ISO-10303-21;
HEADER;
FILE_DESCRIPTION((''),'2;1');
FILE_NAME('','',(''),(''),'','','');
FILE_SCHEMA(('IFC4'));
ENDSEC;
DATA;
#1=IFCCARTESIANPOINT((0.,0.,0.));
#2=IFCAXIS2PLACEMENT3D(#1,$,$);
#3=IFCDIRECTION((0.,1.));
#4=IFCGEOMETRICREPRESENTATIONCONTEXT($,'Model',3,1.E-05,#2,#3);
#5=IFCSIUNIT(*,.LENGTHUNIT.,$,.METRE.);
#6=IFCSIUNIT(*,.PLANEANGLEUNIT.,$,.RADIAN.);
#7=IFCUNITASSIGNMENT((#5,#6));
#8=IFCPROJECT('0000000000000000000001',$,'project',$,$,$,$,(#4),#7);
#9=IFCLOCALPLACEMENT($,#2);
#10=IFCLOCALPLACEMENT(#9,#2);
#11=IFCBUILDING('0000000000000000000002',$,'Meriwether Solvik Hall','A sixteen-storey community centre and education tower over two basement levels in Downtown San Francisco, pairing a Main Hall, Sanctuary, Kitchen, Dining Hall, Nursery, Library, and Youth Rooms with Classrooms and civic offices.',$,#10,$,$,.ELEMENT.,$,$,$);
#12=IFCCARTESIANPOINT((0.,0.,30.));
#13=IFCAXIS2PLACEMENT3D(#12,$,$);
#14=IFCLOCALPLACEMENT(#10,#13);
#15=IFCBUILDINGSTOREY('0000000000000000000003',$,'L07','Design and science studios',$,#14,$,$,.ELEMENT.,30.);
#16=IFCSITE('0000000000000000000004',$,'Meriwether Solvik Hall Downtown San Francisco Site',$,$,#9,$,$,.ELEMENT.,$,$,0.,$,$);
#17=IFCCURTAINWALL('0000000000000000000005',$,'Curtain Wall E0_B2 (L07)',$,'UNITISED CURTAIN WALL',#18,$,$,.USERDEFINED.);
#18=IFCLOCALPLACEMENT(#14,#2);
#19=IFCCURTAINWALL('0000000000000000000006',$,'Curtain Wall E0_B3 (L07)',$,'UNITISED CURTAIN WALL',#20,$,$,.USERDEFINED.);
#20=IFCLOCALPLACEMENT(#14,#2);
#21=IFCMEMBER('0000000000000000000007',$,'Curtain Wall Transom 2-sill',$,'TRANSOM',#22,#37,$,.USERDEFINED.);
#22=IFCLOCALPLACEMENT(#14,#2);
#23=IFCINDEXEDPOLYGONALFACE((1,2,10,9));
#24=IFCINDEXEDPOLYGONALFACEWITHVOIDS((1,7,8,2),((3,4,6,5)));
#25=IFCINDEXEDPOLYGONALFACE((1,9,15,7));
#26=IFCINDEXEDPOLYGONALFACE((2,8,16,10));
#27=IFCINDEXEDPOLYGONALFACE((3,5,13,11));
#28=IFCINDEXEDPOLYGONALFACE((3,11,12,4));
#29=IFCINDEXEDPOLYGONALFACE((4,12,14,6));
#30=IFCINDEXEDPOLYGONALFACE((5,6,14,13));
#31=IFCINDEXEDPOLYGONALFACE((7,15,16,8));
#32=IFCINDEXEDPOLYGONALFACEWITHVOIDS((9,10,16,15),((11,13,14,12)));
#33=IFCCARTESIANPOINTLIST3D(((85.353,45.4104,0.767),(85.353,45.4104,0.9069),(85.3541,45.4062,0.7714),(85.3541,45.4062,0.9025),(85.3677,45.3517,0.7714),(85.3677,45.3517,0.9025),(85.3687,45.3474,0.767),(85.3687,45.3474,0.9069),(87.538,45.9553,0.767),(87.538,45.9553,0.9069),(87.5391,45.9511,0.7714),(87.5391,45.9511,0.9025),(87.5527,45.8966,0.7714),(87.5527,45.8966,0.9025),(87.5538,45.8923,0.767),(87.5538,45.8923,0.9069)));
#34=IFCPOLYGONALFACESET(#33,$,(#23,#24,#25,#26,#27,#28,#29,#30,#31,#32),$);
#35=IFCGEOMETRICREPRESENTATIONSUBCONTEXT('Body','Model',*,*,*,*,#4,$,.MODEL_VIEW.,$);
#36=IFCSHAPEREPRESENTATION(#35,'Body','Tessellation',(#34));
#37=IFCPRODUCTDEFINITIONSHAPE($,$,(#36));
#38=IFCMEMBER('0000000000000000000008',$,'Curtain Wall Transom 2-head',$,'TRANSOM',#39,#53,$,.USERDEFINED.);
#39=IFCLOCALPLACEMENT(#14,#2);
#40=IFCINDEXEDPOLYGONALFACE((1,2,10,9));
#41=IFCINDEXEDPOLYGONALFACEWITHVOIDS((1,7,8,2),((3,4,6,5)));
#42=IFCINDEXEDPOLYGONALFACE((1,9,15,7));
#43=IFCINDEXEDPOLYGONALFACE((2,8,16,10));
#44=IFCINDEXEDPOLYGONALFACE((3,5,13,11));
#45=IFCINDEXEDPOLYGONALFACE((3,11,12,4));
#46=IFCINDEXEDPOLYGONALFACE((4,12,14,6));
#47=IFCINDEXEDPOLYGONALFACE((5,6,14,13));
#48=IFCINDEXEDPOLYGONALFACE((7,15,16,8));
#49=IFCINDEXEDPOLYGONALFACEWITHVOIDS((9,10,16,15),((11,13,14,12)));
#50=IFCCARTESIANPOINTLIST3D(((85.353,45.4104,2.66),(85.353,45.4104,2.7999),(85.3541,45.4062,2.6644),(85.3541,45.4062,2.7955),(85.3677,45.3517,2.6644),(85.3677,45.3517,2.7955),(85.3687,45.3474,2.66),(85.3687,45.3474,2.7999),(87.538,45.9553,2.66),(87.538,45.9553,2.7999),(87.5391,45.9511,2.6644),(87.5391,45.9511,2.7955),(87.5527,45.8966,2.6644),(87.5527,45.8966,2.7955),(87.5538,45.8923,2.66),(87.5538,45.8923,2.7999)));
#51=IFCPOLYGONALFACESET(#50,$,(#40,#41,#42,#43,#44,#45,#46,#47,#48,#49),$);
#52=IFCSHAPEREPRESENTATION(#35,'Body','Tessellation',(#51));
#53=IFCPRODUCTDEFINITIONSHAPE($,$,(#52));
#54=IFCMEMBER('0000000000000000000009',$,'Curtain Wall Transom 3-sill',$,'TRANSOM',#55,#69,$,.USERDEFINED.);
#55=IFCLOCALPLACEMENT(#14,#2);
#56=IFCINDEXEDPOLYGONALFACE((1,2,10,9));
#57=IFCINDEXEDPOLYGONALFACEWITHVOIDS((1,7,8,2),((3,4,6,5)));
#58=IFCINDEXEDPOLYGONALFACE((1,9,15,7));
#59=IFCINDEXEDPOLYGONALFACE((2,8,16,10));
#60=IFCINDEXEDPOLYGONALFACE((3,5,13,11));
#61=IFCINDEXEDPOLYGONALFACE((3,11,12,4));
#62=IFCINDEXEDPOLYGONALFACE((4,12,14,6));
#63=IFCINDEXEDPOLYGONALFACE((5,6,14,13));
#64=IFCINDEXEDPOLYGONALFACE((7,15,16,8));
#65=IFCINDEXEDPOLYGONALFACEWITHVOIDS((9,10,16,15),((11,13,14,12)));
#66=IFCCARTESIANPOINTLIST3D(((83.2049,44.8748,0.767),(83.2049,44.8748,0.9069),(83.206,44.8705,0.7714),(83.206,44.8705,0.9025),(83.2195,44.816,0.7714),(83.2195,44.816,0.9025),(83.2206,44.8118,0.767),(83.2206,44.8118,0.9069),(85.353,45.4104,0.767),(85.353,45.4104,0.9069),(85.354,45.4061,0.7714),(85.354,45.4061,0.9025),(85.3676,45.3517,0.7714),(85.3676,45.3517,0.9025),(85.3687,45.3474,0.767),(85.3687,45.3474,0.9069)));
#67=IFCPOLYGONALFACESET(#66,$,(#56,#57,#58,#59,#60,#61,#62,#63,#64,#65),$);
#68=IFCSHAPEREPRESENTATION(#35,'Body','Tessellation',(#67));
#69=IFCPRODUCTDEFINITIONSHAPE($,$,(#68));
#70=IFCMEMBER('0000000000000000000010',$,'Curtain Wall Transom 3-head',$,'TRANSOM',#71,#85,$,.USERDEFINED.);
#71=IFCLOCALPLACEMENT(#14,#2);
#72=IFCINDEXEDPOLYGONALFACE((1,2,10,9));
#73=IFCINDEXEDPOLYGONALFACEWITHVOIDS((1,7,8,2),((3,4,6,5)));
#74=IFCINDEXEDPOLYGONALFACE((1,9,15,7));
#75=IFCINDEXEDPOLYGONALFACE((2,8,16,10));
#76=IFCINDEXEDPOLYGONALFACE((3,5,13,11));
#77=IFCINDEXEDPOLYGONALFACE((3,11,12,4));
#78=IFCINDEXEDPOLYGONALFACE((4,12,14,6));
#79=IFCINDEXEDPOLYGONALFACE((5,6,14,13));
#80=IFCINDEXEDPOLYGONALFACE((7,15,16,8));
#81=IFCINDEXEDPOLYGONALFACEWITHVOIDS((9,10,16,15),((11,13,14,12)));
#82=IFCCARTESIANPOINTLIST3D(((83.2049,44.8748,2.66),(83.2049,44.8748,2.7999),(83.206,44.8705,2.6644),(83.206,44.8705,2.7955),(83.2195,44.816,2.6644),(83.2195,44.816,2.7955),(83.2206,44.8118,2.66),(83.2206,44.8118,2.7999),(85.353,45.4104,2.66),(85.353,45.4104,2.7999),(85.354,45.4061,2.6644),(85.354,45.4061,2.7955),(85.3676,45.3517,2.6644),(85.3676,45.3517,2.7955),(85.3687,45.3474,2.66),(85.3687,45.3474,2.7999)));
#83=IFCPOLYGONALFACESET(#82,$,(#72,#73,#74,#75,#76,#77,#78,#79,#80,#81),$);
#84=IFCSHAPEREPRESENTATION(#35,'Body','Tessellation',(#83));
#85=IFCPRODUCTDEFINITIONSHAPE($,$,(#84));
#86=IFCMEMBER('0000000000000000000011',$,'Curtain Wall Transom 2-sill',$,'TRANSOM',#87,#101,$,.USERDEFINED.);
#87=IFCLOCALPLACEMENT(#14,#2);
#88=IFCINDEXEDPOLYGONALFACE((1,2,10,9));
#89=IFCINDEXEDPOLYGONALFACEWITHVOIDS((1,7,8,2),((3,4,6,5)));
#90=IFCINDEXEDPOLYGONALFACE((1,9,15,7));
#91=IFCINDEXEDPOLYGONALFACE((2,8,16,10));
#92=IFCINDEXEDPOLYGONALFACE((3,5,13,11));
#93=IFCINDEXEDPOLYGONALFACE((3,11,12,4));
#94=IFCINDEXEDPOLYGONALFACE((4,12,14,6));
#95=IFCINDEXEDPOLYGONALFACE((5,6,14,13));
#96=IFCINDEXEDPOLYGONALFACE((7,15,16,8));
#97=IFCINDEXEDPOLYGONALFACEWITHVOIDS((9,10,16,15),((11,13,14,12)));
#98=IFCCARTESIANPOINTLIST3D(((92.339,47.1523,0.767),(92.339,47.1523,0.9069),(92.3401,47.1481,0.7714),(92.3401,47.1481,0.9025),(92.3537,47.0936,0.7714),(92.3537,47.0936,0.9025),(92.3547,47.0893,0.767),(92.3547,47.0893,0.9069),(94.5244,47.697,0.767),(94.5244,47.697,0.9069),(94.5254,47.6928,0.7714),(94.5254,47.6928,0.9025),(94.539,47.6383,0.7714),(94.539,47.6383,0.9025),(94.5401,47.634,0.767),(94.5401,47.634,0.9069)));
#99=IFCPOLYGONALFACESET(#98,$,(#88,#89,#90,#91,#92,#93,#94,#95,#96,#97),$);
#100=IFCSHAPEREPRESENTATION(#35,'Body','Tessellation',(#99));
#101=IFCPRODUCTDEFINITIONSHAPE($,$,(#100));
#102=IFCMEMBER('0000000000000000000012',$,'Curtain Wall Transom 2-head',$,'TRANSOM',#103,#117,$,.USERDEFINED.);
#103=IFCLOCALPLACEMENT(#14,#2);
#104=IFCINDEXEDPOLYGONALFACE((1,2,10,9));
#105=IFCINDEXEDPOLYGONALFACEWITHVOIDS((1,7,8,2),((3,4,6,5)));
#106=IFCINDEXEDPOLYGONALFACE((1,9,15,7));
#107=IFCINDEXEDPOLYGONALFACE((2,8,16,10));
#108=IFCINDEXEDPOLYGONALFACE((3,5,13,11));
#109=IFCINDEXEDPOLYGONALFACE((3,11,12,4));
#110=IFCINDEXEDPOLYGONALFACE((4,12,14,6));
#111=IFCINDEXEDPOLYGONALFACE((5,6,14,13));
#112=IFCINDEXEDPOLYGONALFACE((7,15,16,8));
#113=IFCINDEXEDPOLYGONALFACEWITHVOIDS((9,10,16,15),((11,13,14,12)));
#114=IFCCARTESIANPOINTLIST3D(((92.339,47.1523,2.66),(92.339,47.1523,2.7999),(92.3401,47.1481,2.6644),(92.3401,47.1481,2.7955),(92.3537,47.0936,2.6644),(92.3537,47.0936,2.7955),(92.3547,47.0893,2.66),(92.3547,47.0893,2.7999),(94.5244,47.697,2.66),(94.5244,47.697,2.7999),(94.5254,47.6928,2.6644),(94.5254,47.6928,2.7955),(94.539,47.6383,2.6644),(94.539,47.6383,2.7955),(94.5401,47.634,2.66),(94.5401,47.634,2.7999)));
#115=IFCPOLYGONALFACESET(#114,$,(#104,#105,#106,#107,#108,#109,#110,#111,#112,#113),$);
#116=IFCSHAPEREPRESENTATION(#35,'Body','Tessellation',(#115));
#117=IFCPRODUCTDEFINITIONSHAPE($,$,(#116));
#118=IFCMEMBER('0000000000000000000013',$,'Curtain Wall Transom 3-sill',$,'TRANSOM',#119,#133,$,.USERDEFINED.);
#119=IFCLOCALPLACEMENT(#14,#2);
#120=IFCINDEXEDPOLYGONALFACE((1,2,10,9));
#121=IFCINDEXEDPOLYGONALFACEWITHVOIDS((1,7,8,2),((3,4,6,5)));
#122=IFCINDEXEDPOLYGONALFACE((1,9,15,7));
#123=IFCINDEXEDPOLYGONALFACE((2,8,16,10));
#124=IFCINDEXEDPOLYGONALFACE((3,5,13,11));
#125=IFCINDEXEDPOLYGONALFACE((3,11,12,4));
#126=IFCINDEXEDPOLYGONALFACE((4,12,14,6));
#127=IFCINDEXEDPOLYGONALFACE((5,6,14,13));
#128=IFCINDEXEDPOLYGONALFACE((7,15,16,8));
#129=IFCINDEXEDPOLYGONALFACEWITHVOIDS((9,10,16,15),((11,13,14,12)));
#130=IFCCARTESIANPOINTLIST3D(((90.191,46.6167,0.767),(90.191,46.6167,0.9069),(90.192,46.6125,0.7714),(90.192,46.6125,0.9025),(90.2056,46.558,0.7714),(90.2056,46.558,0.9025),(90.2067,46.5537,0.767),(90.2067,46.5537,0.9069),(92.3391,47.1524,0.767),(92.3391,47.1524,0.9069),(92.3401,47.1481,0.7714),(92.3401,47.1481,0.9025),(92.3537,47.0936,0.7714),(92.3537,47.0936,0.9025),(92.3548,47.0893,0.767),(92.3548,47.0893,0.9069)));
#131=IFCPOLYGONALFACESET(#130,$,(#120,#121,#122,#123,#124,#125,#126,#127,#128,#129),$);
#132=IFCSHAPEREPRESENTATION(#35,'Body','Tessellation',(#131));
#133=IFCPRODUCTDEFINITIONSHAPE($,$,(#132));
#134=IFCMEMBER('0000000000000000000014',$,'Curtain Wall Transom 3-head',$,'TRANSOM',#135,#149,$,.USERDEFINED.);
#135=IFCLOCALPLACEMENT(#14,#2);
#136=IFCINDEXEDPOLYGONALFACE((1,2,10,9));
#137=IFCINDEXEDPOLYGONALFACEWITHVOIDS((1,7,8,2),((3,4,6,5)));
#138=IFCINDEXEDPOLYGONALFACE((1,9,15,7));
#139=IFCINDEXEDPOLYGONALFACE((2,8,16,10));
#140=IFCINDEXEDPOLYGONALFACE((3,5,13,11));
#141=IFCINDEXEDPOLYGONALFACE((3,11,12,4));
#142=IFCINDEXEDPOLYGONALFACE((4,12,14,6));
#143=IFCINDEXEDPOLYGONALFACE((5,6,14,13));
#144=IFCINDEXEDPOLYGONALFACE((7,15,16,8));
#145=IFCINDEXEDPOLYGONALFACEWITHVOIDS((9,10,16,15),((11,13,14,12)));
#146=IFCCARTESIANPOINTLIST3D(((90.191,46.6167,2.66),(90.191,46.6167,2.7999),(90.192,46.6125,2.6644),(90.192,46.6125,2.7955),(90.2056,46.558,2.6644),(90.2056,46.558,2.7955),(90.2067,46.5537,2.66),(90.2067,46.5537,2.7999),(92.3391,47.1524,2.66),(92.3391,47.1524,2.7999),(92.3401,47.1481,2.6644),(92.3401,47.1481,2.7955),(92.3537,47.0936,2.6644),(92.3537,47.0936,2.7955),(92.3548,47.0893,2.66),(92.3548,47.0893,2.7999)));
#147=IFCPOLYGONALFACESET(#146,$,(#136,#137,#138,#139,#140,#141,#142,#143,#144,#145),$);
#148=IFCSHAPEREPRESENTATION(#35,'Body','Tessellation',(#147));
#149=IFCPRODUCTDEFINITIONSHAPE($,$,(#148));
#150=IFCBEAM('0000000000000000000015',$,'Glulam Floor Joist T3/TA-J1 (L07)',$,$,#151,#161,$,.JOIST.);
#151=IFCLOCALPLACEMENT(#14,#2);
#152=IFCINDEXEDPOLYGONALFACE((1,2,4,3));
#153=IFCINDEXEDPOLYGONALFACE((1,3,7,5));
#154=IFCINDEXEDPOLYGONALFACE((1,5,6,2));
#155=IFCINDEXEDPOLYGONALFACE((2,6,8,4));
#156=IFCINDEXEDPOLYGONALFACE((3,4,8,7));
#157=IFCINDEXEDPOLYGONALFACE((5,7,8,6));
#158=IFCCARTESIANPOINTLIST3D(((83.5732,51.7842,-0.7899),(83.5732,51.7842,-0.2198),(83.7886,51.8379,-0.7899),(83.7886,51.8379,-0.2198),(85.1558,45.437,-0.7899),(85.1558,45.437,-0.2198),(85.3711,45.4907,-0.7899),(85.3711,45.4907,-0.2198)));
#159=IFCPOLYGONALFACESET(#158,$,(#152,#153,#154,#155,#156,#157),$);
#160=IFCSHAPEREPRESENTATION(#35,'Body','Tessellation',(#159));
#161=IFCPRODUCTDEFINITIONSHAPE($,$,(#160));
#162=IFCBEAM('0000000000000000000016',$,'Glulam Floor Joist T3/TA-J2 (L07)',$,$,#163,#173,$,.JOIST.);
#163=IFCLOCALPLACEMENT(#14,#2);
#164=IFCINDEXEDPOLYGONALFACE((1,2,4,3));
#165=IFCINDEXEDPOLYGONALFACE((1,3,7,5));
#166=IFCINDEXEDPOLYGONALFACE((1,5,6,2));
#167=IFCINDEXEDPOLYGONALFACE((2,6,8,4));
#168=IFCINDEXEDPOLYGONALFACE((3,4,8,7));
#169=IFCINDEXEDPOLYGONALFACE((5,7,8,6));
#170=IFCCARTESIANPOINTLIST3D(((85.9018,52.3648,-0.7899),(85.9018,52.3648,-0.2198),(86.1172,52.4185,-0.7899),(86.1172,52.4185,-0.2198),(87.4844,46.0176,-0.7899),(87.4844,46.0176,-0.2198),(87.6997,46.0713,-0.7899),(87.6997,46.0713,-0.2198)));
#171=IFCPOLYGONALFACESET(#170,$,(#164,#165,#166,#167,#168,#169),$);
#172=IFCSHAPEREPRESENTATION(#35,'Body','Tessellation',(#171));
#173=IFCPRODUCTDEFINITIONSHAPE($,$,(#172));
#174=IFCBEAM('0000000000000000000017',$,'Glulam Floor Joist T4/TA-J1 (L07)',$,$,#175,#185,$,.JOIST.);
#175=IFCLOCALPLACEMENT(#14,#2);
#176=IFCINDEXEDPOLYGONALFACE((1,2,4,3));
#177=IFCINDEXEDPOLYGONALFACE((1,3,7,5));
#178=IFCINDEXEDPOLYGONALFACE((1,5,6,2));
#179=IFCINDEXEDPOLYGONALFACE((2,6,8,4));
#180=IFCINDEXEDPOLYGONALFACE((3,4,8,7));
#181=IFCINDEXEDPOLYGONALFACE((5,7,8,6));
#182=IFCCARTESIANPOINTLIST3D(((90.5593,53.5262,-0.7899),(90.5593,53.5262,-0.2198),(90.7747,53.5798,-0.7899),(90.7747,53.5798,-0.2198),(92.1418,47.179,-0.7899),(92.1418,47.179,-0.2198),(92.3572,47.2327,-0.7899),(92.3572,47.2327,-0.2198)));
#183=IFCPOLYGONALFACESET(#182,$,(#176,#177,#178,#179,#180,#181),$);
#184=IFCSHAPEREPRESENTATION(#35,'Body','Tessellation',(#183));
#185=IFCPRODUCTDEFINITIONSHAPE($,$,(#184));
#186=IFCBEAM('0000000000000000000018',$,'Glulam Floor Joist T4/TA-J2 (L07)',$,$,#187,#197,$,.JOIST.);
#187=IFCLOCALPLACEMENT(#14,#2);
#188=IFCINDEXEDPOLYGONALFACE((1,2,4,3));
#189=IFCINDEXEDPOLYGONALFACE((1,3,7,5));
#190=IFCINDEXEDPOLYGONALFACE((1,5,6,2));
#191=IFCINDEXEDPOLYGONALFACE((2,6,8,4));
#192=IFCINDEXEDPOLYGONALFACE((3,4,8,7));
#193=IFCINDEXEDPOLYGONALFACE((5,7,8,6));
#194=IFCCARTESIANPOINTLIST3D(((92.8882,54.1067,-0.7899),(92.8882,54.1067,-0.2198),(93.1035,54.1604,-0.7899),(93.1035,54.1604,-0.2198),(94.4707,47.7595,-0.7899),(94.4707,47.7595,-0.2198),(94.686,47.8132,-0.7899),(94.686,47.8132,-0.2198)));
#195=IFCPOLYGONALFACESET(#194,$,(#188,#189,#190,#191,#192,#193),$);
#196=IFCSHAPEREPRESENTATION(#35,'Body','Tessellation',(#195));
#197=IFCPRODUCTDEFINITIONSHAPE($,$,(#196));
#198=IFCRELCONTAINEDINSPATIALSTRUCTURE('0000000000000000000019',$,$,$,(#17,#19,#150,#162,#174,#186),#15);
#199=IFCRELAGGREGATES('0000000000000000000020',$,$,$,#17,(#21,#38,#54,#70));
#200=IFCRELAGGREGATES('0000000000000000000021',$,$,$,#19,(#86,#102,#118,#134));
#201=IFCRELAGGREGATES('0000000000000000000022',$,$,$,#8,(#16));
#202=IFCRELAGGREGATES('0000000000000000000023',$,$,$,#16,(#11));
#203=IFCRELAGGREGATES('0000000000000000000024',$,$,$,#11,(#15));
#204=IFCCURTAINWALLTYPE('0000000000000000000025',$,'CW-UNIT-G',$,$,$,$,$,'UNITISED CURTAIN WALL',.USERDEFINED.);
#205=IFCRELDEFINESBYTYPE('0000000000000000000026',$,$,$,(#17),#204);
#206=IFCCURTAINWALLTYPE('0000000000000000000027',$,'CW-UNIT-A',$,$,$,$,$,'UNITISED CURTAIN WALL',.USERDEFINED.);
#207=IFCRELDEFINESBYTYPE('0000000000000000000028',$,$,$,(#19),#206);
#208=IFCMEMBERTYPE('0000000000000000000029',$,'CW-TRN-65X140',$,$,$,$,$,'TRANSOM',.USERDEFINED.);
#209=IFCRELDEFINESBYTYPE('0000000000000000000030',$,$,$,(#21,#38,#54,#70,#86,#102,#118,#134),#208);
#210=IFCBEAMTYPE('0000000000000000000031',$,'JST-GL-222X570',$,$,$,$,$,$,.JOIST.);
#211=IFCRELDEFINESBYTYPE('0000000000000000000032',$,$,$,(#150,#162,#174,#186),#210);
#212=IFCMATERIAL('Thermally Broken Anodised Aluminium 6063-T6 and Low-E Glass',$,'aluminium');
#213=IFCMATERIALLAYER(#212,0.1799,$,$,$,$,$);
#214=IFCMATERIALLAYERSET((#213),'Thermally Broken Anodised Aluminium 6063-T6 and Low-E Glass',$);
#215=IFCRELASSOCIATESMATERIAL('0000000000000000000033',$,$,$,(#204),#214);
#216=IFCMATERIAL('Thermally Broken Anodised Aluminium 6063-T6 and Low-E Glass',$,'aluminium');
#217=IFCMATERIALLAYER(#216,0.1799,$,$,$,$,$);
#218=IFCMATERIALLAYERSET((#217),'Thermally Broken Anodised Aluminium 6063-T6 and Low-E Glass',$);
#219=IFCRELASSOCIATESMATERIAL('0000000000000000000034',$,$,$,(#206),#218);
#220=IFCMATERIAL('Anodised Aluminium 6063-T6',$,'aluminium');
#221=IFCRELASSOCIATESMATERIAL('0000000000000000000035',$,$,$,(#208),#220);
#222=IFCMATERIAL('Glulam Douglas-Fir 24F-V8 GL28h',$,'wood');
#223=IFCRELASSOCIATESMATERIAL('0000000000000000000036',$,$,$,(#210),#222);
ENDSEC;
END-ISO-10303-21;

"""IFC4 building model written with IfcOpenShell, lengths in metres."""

from ifc_helpers import new_model, si_unit, direction, frame, origin, origin_2d, place, context, subcontext, project, spatial, rectangle, hollow_rectangle, extrude, material, layer, layer_set, material_profile, profile_set, type_object, element, aggregate, save


model = new_model("IFC4")

# Units and contexts
model_context = context("Model", 3, precision=1e-05, world=origin(), true_north=direction((0.0, 1.0)))
body_context = subcontext(model_context, "Body", "Model", "MODEL_VIEW")
ifc_project = project(units=[si_unit("LENGTHUNIT", "METRE"), si_unit("PLANEANGLEUNIT", "RADIAN")], contexts=[model_context])

# Site, building, storey
site_placement = place(None, origin())
site = spatial("IfcSite", under=ifc_project, at=site_placement, Name="Meriwether Solvik Hall Downtown San Francisco Site", CompositionType="ELEMENT", RefElevation=0.0)
building_placement = place(site_placement, origin())
building = spatial("IfcBuilding", under=site, at=building_placement, Name="Meriwether Solvik Hall", Description="A sixteen-storey community centre and education tower over two basement levels in Downtown San Francisco, pairing a Main Hall, Sanctuary, Kitchen, Dining Hall, Nursery, Library, and Youth Rooms with Classrooms and civic offices.", CompositionType="ELEMENT")
storey_placement = place(building_placement, frame((0.0, 0.0, 30.0)))
storey = spatial("IfcBuildingStorey", under=building, at=storey_placement, Name="L07", Description="Design and science studios", CompositionType="ELEMENT", Elevation=30.0)

# Curtain walls
ifc_material_1 = material(Name="Thermally Broken Anodised Aluminium 6063-T6 and Low-E Glass", Category="aluminium")
ifc_layer_1 = layer(ifc_material_1, 0.1799)
ifc_layer_set_1 = layer_set([ifc_layer_1], Name="Thermally Broken Anodised Aluminium 6063-T6 and Low-E Glass")
curtain_wall_type_1 = type_object("IfcCurtainWallType", Name="CW-UNIT-G", ElementType="UNITISED CURTAIN WALL", PredefinedType="USERDEFINED", material=ifc_layer_set_1)
curtain_wall_1_placement = place(storey_placement, origin())
curtain_wall_1 = element("IfcCurtainWall", 1, at=curtain_wall_1_placement, inside=storey, type_object=curtain_wall_type_1, Name="Curtain Wall E0_B2 (L07)", ObjectType="UNITISED CURTAIN WALL", PredefinedType="USERDEFINED")
ifc_material_2 = material(Name="Thermally Broken Anodised Aluminium 6063-T6 and Low-E Glass", Category="aluminium")
ifc_layer_2 = layer(ifc_material_2, 0.1799)
ifc_layer_set_2 = layer_set([ifc_layer_2], Name="Thermally Broken Anodised Aluminium 6063-T6 and Low-E Glass")
curtain_wall_type_2 = type_object("IfcCurtainWallType", Name="CW-UNIT-A", ElementType="UNITISED CURTAIN WALL", PredefinedType="USERDEFINED", material=ifc_layer_set_2)
curtain_wall_2_placement = place(storey_placement, origin())
curtain_wall_2 = element("IfcCurtainWall", 2, at=curtain_wall_2_placement, inside=storey, type_object=curtain_wall_type_2, Name="Curtain Wall E0_B3 (L07)", ObjectType="UNITISED CURTAIN WALL", PredefinedType="USERDEFINED")

# Members
ifc_material_3 = material(Name="Anodised Aluminium 6063-T6", Category="aluminium")
ifc_material_profile_1 = material_profile(ifc_material_3, hollow_rectangle(XDim=0.0649, YDim=0.1399, WallThickness=0.0044, at=origin_2d()), Name="CWT-65X140")
ifc_profile_set_1 = profile_set([ifc_material_profile_1], Name="Anodised Aluminium 6063-T6")
member_type_1 = type_object("IfcMemberType", Name="CW-TRN-65X140", ElementType="TRANSOM", PredefinedType="USERDEFINED", material=ifc_profile_set_1)
member_1_placement = place(storey_placement, frame((87.5459, 45.9238, 0.8369), z_axis=(-0.970283, -0.241974, 0.0), x_axis=(0.241974, -0.970283, 0.0)))
member_1 = element("IfcMember", 3, at=member_1_placement, type_object=member_type_1, Name="Curtain Wall Transom 2-sill", ObjectType="TRANSOM", PredefinedType="USERDEFINED", context=body_context, shape_type="SweptSolid", body=[
    extrude(hollow_rectangle(XDim=0.0649, YDim=0.1399, WallThickness=0.0044, at=origin_2d()), origin(), (0.0, 0.0, 1.0), 2.252),
])
member_2_placement = place(storey_placement, frame((87.5459, 45.9238, 2.73), z_axis=(-0.970283, -0.241974, 0.0), x_axis=(0.241974, -0.970283, 0.0)))
member_2 = element("IfcMember", 4, at=member_2_placement, type_object=member_type_1, Name="Curtain Wall Transom 2-head", ObjectType="TRANSOM", PredefinedType="USERDEFINED", context=body_context, shape_type="SweptSolid", body=[
    extrude(hollow_rectangle(XDim=0.0649, YDim=0.1399, WallThickness=0.0044, at=origin_2d()), origin(), (0.0, 0.0, 1.0), 2.252),
])
member_3_placement = place(storey_placement, frame((85.3608, 45.3789, 0.8369), z_axis=(-0.970292, -0.241939, 0.0), x_axis=(0.241939, -0.970292, 0.0)))
member_3 = element("IfcMember", 5, at=member_3_placement, type_object=member_type_1, Name="Curtain Wall Transom 3-sill", ObjectType="TRANSOM", PredefinedType="USERDEFINED", context=body_context, shape_type="SweptSolid", body=[
    extrude(hollow_rectangle(XDim=0.0649, YDim=0.1399, WallThickness=0.0044, at=origin_2d()), origin(), (0.0, 0.0, 1.0), 2.2139),
])
member_4_placement = place(storey_placement, frame((85.3608, 45.3789, 2.73), z_axis=(-0.970292, -0.241939, 0.0), x_axis=(0.241939, -0.970292, 0.0)))
member_4 = element("IfcMember", 6, at=member_4_placement, type_object=member_type_1, Name="Curtain Wall Transom 3-head", ObjectType="TRANSOM", PredefinedType="USERDEFINED", context=body_context, shape_type="SweptSolid", body=[
    extrude(hollow_rectangle(XDim=0.0649, YDim=0.1399, WallThickness=0.0044, at=origin_2d()), origin(), (0.0, 0.0, 1.0), 2.2139),
])
member_5_placement = place(storey_placement, frame((94.5322, 47.6655, 0.8369), z_axis=(-0.970314, -0.241847, 0.0), x_axis=(0.241847, -0.970314, 0.0)))
member_5 = element("IfcMember", 7, at=member_5_placement, type_object=member_type_1, Name="Curtain Wall Transom 2-sill", ObjectType="TRANSOM", PredefinedType="USERDEFINED", context=body_context, shape_type="SweptSolid", body=[
    extrude(hollow_rectangle(XDim=0.0649, YDim=0.1399, WallThickness=0.0044, at=origin_2d()), origin(), (0.0, 0.0, 1.0), 2.2522),
])
member_6_placement = place(storey_placement, frame((94.5322, 47.6655, 2.73), z_axis=(-0.970314, -0.241847, 0.0), x_axis=(0.241847, -0.970314, 0.0)))
member_6 = element("IfcMember", 8, at=member_6_placement, type_object=member_type_1, Name="Curtain Wall Transom 2-head", ObjectType="TRANSOM", PredefinedType="USERDEFINED", context=body_context, shape_type="SweptSolid", body=[
    extrude(hollow_rectangle(XDim=0.0649, YDim=0.1399, WallThickness=0.0044, at=origin_2d()), origin(), (0.0, 0.0, 1.0), 2.2522),
])
member_7_placement = place(storey_placement, frame((92.3469, 47.1208, 0.8369), z_axis=(-0.970292, -0.241939, 0.0), x_axis=(0.241939, -0.970292, 0.0)))
member_7 = element("IfcMember", 9, at=member_7_placement, type_object=member_type_1, Name="Curtain Wall Transom 3-sill", ObjectType="TRANSOM", PredefinedType="USERDEFINED", context=body_context, shape_type="SweptSolid", body=[
    extrude(hollow_rectangle(XDim=0.0649, YDim=0.1399, WallThickness=0.0044, at=origin_2d()), origin(), (0.0, 0.0, 1.0), 2.2139),
])
member_8_placement = place(storey_placement, frame((92.3469, 47.1208, 2.73), z_axis=(-0.970292, -0.241939, 0.0), x_axis=(0.241939, -0.970292, 0.0)))
member_8 = element("IfcMember", 10, at=member_8_placement, type_object=member_type_1, Name="Curtain Wall Transom 3-head", ObjectType="TRANSOM", PredefinedType="USERDEFINED", context=body_context, shape_type="SweptSolid", body=[
    extrude(hollow_rectangle(XDim=0.0649, YDim=0.1399, WallThickness=0.0044, at=origin_2d()), origin(), (0.0, 0.0, 1.0), 2.2139),
])

# Beams
ifc_material_4 = material(Name="Glulam Douglas-Fir 24F-V8 GL28h", Category="wood")
ifc_material_profile_2 = material_profile(ifc_material_4, rectangle(XDim=0.2219, YDim=0.5701, at=origin_2d()), Name="GLJ-222X570")
ifc_profile_set_2 = profile_set([ifc_material_profile_2], Name="Glulam Douglas-Fir 24F-V8 GL28h")
beam_type_1 = type_object("IfcBeamType", Name="JST-GL-222X570", PredefinedType="JOIST", material=ifc_profile_set_2)
for number, where, z_axis, x_axis, name in (
    (11, (85.2634, 45.4639, -0.5049), (-0.241921, 0.970296, 0.0), (-0.970296, -0.241921, 0.0), "Glulam Floor Joist T3/TA-J1 (L07)"),
    (12, (87.592, 46.0444, -0.5049), (-0.241921, 0.970296, 0.0), (-0.970296, -0.241921, 0.0), "Glulam Floor Joist T3/TA-J2 (L07)"),
    (13, (92.2495, 47.2058, -0.5049), (-0.241921, 0.970296, 0.0), (-0.970296, -0.241921, 0.0), "Glulam Floor Joist T4/TA-J1 (L07)"),
    (14, (94.5784, 47.7864, -0.5049), (-0.241921, 0.970296, 0.0), (-0.970296, -0.241921, 0.0), "Glulam Floor Joist T4/TA-J2 (L07)"),
):
    element("IfcBeam", number, at=place(storey_placement, frame(where, z_axis=z_axis, x_axis=x_axis)), inside=storey, type_object=beam_type_1, Name=name, PredefinedType="JOIST", context=body_context, shape_type="SweptSolid", body=[
        extrude(rectangle(XDim=0.2219, YDim=0.5701, at=origin_2d()), origin(), (0.0, 0.0, 1.0), 6.5415),
    ])

aggregate(curtain_wall_1, [member_1, member_2, member_3, member_4])
aggregate(curtain_wall_2, [member_5, member_6, member_7, member_8])

save(model, "model.ifc")
